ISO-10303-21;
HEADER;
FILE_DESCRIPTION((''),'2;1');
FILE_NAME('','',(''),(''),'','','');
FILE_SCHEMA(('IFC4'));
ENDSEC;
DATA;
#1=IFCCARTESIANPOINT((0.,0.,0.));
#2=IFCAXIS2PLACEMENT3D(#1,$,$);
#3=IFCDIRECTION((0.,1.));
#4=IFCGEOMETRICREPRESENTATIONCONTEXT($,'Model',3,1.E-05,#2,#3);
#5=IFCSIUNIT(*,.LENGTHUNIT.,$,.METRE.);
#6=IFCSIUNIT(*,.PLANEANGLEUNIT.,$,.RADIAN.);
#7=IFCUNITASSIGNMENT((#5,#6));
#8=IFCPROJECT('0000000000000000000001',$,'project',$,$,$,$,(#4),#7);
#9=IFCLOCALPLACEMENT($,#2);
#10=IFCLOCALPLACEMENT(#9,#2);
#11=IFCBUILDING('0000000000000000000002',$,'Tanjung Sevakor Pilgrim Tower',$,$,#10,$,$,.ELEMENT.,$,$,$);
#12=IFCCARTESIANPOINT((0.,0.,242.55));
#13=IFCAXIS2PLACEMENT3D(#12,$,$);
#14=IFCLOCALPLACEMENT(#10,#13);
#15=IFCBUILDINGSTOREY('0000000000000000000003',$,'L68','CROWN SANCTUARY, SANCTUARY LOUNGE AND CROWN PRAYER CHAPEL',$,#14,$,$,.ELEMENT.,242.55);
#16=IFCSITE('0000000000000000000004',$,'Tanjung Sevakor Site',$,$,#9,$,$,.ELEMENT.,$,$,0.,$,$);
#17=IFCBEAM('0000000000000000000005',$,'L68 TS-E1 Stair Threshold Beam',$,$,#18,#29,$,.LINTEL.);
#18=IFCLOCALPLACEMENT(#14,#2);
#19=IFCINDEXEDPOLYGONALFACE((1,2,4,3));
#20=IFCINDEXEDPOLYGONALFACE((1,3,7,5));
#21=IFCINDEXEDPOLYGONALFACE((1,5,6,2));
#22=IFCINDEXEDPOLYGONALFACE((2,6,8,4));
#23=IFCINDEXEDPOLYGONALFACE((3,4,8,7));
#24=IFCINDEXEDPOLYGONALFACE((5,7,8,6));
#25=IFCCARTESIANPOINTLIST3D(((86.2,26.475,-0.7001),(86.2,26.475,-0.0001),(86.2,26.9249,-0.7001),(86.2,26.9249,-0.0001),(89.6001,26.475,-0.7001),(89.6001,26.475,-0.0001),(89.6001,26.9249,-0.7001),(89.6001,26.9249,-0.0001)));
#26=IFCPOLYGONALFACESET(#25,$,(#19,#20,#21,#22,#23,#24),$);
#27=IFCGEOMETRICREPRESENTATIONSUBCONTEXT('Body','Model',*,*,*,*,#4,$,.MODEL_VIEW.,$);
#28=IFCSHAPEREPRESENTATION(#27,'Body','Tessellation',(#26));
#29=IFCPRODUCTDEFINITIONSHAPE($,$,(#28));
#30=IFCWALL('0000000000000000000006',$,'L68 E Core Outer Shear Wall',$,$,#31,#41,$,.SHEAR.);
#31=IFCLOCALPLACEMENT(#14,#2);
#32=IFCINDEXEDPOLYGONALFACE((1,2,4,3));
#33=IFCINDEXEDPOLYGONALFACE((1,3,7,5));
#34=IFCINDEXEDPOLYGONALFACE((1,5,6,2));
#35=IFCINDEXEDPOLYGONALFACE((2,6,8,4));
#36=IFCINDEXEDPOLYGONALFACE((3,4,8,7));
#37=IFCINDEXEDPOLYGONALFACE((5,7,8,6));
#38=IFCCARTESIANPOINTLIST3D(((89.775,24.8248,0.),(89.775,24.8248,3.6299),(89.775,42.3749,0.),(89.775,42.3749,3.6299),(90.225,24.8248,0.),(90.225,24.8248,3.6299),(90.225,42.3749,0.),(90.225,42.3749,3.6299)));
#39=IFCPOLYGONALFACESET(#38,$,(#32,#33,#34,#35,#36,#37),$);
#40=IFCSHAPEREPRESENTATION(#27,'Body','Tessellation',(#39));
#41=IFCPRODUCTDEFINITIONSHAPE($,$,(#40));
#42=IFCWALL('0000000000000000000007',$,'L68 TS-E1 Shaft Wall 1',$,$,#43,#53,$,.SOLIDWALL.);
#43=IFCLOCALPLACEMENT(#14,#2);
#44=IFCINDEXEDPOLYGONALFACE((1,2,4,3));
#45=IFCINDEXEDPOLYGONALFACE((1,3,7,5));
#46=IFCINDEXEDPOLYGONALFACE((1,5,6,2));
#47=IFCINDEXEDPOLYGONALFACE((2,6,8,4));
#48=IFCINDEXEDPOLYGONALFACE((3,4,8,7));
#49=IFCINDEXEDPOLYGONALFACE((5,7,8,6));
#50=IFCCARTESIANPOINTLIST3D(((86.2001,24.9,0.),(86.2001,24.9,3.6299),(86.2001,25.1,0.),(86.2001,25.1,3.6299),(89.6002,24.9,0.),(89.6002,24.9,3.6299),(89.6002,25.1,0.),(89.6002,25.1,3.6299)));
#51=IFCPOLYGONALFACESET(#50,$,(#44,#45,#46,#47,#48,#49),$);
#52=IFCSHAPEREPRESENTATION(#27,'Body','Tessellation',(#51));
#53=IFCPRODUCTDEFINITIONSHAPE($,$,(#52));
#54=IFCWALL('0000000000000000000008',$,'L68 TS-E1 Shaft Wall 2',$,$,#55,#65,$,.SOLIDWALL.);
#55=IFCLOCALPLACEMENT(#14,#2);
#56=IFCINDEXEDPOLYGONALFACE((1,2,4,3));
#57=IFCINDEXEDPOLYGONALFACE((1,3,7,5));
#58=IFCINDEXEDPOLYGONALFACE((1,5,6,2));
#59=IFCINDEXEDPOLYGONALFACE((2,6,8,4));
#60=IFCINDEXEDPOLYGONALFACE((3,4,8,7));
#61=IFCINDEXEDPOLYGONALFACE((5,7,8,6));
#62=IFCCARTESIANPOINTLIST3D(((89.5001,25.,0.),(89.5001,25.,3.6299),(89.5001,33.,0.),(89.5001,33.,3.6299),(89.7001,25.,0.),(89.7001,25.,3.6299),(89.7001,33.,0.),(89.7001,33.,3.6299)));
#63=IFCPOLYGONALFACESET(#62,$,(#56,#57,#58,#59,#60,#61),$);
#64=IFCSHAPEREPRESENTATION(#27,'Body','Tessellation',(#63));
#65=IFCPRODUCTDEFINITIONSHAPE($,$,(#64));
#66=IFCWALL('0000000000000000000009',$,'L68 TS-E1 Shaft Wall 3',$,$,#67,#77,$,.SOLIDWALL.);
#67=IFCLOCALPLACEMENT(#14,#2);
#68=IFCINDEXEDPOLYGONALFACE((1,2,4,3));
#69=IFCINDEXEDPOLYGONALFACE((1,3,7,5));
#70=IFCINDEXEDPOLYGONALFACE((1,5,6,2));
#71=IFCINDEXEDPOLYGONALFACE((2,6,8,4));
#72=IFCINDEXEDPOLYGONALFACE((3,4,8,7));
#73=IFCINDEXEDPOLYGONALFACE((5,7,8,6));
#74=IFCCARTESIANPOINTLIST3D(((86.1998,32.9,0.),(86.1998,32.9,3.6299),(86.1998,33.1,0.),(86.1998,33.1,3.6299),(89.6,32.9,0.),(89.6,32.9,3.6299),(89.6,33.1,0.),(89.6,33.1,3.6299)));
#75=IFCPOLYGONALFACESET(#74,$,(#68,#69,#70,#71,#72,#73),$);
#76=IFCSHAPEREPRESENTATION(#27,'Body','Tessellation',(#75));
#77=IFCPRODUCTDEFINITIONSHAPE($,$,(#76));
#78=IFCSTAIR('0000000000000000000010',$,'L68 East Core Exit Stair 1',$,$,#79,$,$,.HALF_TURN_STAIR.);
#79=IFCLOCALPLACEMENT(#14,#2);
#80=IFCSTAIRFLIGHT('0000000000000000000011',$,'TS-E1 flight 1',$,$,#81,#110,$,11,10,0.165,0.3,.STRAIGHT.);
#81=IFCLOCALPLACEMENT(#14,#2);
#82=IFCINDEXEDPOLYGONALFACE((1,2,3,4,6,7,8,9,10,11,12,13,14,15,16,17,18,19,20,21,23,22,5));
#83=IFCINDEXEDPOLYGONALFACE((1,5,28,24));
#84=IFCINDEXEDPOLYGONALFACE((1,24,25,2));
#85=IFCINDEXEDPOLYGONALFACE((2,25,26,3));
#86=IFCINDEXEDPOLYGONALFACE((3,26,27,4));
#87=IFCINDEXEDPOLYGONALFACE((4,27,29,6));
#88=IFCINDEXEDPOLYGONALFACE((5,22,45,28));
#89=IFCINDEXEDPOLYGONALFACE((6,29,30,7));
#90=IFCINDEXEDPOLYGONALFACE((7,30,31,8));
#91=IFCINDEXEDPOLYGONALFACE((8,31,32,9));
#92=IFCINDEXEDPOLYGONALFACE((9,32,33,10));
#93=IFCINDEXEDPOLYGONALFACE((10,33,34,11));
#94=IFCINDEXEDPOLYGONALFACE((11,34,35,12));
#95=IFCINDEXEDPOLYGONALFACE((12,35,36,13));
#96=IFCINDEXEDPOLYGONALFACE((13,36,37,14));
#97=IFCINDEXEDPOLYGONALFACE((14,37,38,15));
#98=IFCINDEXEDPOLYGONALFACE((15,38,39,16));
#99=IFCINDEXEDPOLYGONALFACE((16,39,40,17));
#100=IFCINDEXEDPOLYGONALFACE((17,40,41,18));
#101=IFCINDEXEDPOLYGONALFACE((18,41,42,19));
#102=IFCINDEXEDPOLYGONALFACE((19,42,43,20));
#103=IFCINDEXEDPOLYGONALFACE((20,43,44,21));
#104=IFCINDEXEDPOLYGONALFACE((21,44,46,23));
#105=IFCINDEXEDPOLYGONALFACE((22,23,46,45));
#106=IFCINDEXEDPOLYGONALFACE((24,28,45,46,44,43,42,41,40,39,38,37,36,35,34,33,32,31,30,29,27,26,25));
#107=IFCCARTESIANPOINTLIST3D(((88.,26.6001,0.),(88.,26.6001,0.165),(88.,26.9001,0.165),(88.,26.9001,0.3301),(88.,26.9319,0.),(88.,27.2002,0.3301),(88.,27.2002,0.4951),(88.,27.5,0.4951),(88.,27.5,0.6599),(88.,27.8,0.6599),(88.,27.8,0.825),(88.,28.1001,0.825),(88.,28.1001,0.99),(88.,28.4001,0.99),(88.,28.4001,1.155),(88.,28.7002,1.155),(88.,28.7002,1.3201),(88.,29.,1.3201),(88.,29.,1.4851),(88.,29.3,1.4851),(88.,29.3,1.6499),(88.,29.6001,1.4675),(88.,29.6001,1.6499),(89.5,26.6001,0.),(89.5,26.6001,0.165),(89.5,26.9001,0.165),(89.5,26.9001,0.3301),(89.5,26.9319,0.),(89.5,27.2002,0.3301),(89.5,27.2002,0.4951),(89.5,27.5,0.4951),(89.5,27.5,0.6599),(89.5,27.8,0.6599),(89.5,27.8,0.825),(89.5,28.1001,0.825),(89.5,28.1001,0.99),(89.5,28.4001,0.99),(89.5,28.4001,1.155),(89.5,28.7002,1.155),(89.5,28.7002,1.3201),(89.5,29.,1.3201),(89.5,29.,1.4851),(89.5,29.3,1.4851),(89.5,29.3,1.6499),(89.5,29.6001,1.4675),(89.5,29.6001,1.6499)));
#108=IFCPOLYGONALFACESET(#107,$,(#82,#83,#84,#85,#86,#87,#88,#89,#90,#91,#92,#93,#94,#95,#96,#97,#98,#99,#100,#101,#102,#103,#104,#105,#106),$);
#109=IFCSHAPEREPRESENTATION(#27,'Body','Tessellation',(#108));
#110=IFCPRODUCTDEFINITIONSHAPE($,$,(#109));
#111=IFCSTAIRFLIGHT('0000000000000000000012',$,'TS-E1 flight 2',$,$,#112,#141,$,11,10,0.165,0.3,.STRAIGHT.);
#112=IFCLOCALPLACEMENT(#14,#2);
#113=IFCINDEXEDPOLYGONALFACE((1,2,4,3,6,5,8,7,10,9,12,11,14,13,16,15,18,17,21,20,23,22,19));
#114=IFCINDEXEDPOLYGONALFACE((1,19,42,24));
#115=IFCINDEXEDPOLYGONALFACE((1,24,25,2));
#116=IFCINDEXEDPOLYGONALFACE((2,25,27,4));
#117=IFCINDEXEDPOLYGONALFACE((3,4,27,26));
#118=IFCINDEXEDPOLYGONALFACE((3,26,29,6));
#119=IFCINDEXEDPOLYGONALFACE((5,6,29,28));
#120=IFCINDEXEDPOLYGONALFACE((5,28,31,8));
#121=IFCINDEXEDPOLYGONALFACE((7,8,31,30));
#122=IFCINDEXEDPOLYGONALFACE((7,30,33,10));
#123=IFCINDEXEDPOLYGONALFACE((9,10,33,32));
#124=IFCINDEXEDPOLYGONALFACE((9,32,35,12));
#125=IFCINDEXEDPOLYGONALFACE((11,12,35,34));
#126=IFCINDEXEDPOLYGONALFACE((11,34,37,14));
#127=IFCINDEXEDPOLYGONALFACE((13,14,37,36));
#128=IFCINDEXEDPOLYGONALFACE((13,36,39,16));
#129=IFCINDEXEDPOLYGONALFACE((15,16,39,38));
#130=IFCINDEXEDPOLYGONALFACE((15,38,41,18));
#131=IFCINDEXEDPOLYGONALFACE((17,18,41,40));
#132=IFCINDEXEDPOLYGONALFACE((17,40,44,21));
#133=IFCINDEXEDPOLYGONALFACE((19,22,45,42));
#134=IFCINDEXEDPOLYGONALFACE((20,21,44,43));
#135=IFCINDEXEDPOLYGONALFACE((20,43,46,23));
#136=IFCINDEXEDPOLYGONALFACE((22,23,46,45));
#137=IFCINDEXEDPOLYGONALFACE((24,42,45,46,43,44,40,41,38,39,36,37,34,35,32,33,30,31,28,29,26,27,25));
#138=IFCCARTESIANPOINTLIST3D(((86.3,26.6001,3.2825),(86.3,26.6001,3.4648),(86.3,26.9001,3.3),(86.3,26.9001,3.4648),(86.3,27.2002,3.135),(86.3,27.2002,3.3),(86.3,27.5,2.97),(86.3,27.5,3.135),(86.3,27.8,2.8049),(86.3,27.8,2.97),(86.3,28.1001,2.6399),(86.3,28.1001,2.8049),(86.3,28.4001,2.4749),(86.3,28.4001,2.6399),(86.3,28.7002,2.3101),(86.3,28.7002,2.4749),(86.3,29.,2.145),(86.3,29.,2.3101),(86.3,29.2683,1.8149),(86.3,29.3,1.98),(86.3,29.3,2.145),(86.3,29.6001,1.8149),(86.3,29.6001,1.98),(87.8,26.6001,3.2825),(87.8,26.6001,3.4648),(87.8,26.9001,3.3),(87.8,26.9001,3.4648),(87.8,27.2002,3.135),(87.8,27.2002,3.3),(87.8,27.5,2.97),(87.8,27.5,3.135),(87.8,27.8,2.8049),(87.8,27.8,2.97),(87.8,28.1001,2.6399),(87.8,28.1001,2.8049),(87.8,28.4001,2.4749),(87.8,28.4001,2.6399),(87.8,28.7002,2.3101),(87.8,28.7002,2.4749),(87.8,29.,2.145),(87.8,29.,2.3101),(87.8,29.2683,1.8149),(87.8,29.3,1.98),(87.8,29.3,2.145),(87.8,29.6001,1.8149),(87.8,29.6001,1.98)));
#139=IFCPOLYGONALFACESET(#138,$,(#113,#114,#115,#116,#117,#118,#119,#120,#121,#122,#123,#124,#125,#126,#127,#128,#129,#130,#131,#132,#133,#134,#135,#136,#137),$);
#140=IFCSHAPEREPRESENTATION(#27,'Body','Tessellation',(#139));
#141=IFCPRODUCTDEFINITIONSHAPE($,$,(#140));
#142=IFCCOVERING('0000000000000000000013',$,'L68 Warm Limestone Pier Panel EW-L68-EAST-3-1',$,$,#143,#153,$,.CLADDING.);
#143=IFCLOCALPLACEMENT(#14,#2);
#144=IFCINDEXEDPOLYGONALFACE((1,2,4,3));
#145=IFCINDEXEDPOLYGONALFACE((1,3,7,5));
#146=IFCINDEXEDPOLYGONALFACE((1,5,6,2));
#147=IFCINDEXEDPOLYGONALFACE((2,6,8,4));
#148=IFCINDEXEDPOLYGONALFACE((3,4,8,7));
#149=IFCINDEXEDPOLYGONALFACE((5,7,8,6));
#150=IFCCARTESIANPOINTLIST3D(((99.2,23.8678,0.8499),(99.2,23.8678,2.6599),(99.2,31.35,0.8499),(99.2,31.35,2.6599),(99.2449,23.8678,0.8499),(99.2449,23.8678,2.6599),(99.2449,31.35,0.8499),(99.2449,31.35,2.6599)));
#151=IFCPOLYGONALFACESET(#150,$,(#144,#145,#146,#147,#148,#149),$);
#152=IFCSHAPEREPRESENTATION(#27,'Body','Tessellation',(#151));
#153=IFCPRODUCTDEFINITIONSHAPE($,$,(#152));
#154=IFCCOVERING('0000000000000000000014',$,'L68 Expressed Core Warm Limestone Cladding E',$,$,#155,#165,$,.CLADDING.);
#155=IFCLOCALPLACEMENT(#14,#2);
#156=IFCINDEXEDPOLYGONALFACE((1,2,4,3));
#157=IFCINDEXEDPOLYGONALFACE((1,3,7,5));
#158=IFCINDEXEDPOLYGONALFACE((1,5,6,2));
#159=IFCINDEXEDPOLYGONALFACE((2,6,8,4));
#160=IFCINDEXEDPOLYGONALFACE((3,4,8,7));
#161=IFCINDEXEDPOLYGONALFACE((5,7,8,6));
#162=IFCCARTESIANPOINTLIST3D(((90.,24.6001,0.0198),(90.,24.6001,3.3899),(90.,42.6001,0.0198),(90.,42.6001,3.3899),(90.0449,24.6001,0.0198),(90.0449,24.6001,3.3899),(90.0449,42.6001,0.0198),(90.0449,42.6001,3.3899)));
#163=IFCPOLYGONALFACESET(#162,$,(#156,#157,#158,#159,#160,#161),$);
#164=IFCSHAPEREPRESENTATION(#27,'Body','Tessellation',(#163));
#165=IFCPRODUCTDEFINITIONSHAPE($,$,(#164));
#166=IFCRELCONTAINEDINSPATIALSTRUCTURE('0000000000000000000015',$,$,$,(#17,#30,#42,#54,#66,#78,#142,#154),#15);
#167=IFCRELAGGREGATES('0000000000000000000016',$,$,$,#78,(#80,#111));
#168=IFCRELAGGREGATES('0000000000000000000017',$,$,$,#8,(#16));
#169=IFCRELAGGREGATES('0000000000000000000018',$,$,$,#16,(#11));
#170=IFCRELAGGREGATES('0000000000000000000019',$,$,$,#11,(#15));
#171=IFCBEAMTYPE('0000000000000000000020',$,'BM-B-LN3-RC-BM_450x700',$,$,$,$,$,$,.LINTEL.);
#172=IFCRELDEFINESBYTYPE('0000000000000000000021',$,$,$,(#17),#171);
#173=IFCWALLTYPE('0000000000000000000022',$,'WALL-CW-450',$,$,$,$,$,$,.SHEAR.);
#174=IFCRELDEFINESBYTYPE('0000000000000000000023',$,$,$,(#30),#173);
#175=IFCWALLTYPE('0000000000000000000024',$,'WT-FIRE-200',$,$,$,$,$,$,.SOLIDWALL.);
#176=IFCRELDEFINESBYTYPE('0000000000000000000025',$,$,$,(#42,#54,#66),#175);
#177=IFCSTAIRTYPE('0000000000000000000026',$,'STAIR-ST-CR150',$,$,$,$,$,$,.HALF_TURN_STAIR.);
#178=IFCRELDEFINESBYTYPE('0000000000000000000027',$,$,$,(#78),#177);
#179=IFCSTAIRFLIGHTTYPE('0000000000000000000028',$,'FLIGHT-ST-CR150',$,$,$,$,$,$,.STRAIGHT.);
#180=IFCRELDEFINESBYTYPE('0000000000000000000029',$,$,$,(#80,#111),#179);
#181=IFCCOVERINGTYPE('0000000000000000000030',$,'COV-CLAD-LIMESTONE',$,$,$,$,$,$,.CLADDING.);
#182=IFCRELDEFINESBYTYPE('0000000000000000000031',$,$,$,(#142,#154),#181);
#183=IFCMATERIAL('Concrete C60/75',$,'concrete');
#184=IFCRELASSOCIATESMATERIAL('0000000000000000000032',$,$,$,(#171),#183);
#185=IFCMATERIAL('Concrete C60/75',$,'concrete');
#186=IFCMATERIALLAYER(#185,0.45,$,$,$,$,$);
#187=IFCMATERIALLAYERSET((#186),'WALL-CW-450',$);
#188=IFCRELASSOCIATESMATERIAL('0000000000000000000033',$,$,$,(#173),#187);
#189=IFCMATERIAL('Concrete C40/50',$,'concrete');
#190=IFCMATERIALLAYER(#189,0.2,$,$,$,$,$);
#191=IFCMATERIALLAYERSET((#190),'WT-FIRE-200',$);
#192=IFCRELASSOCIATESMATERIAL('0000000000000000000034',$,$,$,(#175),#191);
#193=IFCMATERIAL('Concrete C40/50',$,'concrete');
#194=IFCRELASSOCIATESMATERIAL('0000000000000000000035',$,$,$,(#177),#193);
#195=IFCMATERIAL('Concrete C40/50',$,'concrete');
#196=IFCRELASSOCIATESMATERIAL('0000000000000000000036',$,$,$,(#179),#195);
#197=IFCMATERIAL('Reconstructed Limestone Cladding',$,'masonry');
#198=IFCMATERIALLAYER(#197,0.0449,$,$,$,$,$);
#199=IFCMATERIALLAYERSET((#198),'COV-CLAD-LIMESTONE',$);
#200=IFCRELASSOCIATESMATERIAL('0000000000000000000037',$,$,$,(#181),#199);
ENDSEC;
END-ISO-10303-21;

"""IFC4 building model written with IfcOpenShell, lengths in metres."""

from ifc_helpers import new_model, si_unit, direction, frame, frame_2d, origin, origin_2d, place, context, subcontext, project, spatial, polyline, rectangle, outline, extrude, material, layer, layer_set, material_profile, profile_set, type_object, element, aggregate, save


model = new_model("IFC4")

# Units and contexts
model_context = context("Model", 3, precision=1e-05, world=origin(), true_north=direction((0.0, 1.0)))
body_context = subcontext(model_context, "Body", "Model", "MODEL_VIEW")
ifc_project = project(units=[si_unit("LENGTHUNIT", "METRE"), si_unit("PLANEANGLEUNIT", "RADIAN")], contexts=[model_context])

# Site, building, storey
site_placement = place(None, origin())
site = spatial("IfcSite", under=ifc_project, at=site_placement, Name="Tanjung Sevakor Site", CompositionType="ELEMENT", RefElevation=0.0)
building_placement = place(site_placement, origin())
building = spatial("IfcBuilding", under=site, at=building_placement, Name="Tanjung Sevakor Pilgrim Tower", CompositionType="ELEMENT")
storey_placement = place(building_placement, frame((0.0, 0.0, 242.55)))
storey = spatial("IfcBuildingStorey", under=building, at=storey_placement, Name="L68", Description="CROWN SANCTUARY, SANCTUARY LOUNGE AND CROWN PRAYER CHAPEL", CompositionType="ELEMENT", Elevation=242.55)

# Beam
ifc_material_1 = material(Name="Concrete C60/75", Category="concrete")
ifc_material_profile = material_profile(ifc_material_1, rectangle(XDim=0.45, YDim=0.7, at=origin_2d()))
ifc_profile_set = profile_set([ifc_material_profile], Name="Concrete C60/75")
beam_type = type_object("IfcBeamType", Name="BM-B-LN3-RC-BM_450x700", PredefinedType="LINTEL", material=ifc_profile_set)
beam_placement = place(storey_placement, frame((86.2, 26.7, -0.3501), z_axis=(1.0, 0.0, 0.0), x_axis=(0.0, 1.0, 0.0)))
element("IfcBeam", 1, at=beam_placement, inside=storey, type_object=beam_type, Name="L68 TS-E1 Stair Threshold Beam", PredefinedType="LINTEL", context=body_context, shape_type="SweptSolid", body=[
    extrude(rectangle(XDim=0.45, YDim=0.7, at=origin_2d()), origin(), (0.0, 0.0, 1.0), 3.4001),
])

# Wall
ifc_material_2 = material(Name="Concrete C60/75", Category="concrete")
ifc_layer_1 = layer(ifc_material_2, 0.45)
ifc_layer_set_1 = layer_set([ifc_layer_1], Name="WALL-CW-450")
wall_type_1 = type_object("IfcWallType", Name="WALL-CW-450", PredefinedType="SHEAR", material=ifc_layer_set_1)
wall_1_placement = place(storey_placement, frame((90.0, 24.825, 0.0), z_axis=(0.0, 0.0, 1.0), x_axis=(0.0, 1.0, 0.0)))
element("IfcWall", 2, at=wall_1_placement, inside=storey, type_object=wall_type_1, Name="L68 E Core Outer Shear Wall", PredefinedType="SHEAR", context=body_context, shape_type="SweptSolid", body=[
    extrude(rectangle(XDim=17.55, YDim=0.45, at=frame_2d((8.7749, 0.0))), origin(), (0.0, 0.0, 1.0), 3.6299),
])

# Walls
ifc_material_3 = material(Name="Concrete C40/50", Category="concrete")
ifc_layer_2 = layer(ifc_material_3, 0.2)
ifc_layer_set_2 = layer_set([ifc_layer_2], Name="WT-FIRE-200")
wall_type_2 = type_object("IfcWallType", Name="WT-FIRE-200", PredefinedType="SOLIDWALL", material=ifc_layer_set_2)
wall_2_placement = place(storey_placement, frame((86.2, 25.0, 0.0), z_axis=(0.0, 0.0, 1.0), x_axis=(1.0, 0.0, 0.0)))
element("IfcWall", 3, at=wall_2_placement, inside=storey, type_object=wall_type_2, Name="L68 TS-E1 Shaft Wall 1", PredefinedType="SOLIDWALL", context=body_context, shape_type="SweptSolid", body=[
    extrude(rectangle(XDim=3.4001, YDim=0.2, at=frame_2d((1.7002, 0.0))), origin(), (0.0, 0.0, 1.0), 3.6299),
])
wall_3_placement = place(storey_placement, frame((89.6001, 25.0, 0.0), z_axis=(0.0, 0.0, 1.0), x_axis=(0.0, 1.0, 0.0)))
element("IfcWall", 4, at=wall_3_placement, inside=storey, type_object=wall_type_2, Name="L68 TS-E1 Shaft Wall 2", PredefinedType="SOLIDWALL", context=body_context, shape_type="SweptSolid", body=[
    extrude(rectangle(XDim=8.0, YDim=0.2, at=frame_2d((4.0, 0.0))), origin(), (0.0, 0.0, 1.0), 3.6299),
])
wall_4_placement = place(storey_placement, frame((89.6001, 33.0, 0.0), z_axis=(0.0, 0.0, 1.0), x_axis=(-1.0, 0.0, 0.0)))
element("IfcWall", 5, at=wall_4_placement, inside=storey, type_object=wall_type_2, Name="L68 TS-E1 Shaft Wall 3", PredefinedType="SOLIDWALL", context=body_context, shape_type="SweptSolid", body=[
    extrude(rectangle(XDim=3.4001, YDim=0.2, at=frame_2d((1.7002, 0.0))), origin(), (0.0, 0.0, 1.0), 3.6299),
])

# Stair, stair flights
ifc_material_4 = material(Name="Concrete C40/50", Category="concrete")
stair_type = type_object("IfcStairType", Name="STAIR-ST-CR150", PredefinedType="HALF_TURN_STAIR", material=ifc_material_4)
stair_placement = place(storey_placement, origin())
stair = element("IfcStair", 6, at=stair_placement, inside=storey, type_object=stair_type, Name="L68 East Core Exit Stair 1", PredefinedType="HALF_TURN_STAIR")
ifc_material_5 = material(Name="Concrete C40/50", Category="concrete")
stair_flight_type = type_object("IfcStairFlightType", Name="FLIGHT-ST-CR150", PredefinedType="STRAIGHT", material=ifc_material_5)
stair_flight_1_placement = place(storey_placement, frame((88.75, 26.6001, 0.0), z_axis=(0.0, 0.0, 1.0), x_axis=(0.0, 1.0, 0.0)))
stair_flight_1 = element("IfcStairFlight", 7, at=stair_flight_1_placement, type_object=stair_flight_type, Name="TS-E1 flight 1", NumberOfRisers=11, NumberOfTreads=10, PredefinedType="STRAIGHT", RiserHeight=0.165, TreadLength=0.3, context=body_context, shape_type="SweptSolid", body=[
    extrude(outline(polyline([(0.0, 0.0), (0.0, 0.165), (0.3, 0.165), (0.3, 0.3301), (0.6001, 0.3301), (0.6001, 0.4951), (0.8999, 0.4951), (0.8999, 0.6599), (1.2, 0.6599), (1.2, 0.825), (1.5, 0.825), (1.5, 0.99), (1.8, 0.99), (1.8, 1.155), (2.1001, 1.155), (2.1001, 1.3201), (2.3999, 1.3201), (2.3999, 1.4851), (2.7, 1.4851), (2.7, 1.6499), (3.0, 1.6499), (3.0, 1.8149), (3.0, 1.4675), (0.3318, 0.0), (0.0, 0.0)])), frame((0.0, 0.75, 0.0), z_axis=(0.0, -1.0, 0.0), x_axis=(1.0, 0.0, 0.0)), (0.0, 0.0, 1.0), 1.5),
])
stair_flight_2_placement = place(storey_placement, frame((87.05, 29.6001, 1.8149), z_axis=(0.0, 0.0, 1.0), x_axis=(0.0, -1.0, 0.0)))
stair_flight_2 = element("IfcStairFlight", 8, at=stair_flight_2_placement, type_object=stair_flight_type, Name="TS-E1 flight 2", NumberOfRisers=11, NumberOfTreads=10, PredefinedType="STRAIGHT", RiserHeight=0.165, TreadLength=0.3, context=body_context, shape_type="SweptSolid", body=[
    extrude(outline(polyline([(0.0, 0.0), (0.0, 0.165), (0.3, 0.165), (0.3, 0.3301), (0.6001, 0.3301), (0.6001, 0.4951), (0.8999, 0.4951), (0.8999, 0.6599), (1.2, 0.6599), (1.2, 0.825), (1.5, 0.825), (1.5, 0.99), (1.8, 0.99), (1.8, 1.155), (2.1001, 1.155), (2.1001, 1.3201), (2.3999, 1.3201), (2.3999, 1.4851), (2.7, 1.4851), (2.7, 1.6499), (3.0, 1.6499), (3.0, 1.8149), (3.0, 1.4675), (0.3318, 0.0), (0.0, 0.0)])), frame((0.0, 0.75, 0.0), z_axis=(0.0, -1.0, 0.0), x_axis=(1.0, 0.0, 0.0)), (0.0, 0.0, 1.0), 1.5),
])
aggregate(stair, [stair_flight_1, stair_flight_2])

# Coverings
ifc_material_6 = material(Name="Reconstructed Limestone Cladding", Category="masonry")
ifc_layer_3 = layer(ifc_material_6, 0.0449)
ifc_layer_set_3 = layer_set([ifc_layer_3], Name="COV-CLAD-LIMESTONE")
covering_type = type_object("IfcCoveringType", Name="COV-CLAD-LIMESTONE", PredefinedType="CLADDING", material=ifc_layer_set_3)
covering_1_placement = place(storey_placement, frame((99.2224, 27.6089, 0.8499), z_axis=(0.0, 0.0, 1.0), x_axis=(0.0, 1.0, 0.0)))
element("IfcCovering", 9, at=covering_1_placement, inside=storey, type_object=covering_type, Name="L68 Warm Limestone Pier Panel EW-L68-EAST-3-1", PredefinedType="CLADDING", context=body_context, shape_type="SweptSolid", body=[
    extrude(rectangle(XDim=7.4822, YDim=0.0449, at=origin_2d()), origin(), (0.0, 0.0, 1.0), 1.8101),
])
covering_2_placement = place(storey_placement, frame((90.0225, 33.6001, 0.0198), z_axis=(0.0, 0.0, 1.0), x_axis=(1.0, 0.0, 0.0)))
element("IfcCovering", 10, at=covering_2_placement, inside=storey, type_object=covering_type, Name="L68 Expressed Core Warm Limestone Cladding E", PredefinedType="CLADDING", context=body_context, shape_type="SweptSolid", body=[
    extrude(rectangle(XDim=0.0449, YDim=18.0, at=origin_2d()), origin(), (0.0, 0.0, 1.0), 3.3701),
])

save(model, "model.ifc")
